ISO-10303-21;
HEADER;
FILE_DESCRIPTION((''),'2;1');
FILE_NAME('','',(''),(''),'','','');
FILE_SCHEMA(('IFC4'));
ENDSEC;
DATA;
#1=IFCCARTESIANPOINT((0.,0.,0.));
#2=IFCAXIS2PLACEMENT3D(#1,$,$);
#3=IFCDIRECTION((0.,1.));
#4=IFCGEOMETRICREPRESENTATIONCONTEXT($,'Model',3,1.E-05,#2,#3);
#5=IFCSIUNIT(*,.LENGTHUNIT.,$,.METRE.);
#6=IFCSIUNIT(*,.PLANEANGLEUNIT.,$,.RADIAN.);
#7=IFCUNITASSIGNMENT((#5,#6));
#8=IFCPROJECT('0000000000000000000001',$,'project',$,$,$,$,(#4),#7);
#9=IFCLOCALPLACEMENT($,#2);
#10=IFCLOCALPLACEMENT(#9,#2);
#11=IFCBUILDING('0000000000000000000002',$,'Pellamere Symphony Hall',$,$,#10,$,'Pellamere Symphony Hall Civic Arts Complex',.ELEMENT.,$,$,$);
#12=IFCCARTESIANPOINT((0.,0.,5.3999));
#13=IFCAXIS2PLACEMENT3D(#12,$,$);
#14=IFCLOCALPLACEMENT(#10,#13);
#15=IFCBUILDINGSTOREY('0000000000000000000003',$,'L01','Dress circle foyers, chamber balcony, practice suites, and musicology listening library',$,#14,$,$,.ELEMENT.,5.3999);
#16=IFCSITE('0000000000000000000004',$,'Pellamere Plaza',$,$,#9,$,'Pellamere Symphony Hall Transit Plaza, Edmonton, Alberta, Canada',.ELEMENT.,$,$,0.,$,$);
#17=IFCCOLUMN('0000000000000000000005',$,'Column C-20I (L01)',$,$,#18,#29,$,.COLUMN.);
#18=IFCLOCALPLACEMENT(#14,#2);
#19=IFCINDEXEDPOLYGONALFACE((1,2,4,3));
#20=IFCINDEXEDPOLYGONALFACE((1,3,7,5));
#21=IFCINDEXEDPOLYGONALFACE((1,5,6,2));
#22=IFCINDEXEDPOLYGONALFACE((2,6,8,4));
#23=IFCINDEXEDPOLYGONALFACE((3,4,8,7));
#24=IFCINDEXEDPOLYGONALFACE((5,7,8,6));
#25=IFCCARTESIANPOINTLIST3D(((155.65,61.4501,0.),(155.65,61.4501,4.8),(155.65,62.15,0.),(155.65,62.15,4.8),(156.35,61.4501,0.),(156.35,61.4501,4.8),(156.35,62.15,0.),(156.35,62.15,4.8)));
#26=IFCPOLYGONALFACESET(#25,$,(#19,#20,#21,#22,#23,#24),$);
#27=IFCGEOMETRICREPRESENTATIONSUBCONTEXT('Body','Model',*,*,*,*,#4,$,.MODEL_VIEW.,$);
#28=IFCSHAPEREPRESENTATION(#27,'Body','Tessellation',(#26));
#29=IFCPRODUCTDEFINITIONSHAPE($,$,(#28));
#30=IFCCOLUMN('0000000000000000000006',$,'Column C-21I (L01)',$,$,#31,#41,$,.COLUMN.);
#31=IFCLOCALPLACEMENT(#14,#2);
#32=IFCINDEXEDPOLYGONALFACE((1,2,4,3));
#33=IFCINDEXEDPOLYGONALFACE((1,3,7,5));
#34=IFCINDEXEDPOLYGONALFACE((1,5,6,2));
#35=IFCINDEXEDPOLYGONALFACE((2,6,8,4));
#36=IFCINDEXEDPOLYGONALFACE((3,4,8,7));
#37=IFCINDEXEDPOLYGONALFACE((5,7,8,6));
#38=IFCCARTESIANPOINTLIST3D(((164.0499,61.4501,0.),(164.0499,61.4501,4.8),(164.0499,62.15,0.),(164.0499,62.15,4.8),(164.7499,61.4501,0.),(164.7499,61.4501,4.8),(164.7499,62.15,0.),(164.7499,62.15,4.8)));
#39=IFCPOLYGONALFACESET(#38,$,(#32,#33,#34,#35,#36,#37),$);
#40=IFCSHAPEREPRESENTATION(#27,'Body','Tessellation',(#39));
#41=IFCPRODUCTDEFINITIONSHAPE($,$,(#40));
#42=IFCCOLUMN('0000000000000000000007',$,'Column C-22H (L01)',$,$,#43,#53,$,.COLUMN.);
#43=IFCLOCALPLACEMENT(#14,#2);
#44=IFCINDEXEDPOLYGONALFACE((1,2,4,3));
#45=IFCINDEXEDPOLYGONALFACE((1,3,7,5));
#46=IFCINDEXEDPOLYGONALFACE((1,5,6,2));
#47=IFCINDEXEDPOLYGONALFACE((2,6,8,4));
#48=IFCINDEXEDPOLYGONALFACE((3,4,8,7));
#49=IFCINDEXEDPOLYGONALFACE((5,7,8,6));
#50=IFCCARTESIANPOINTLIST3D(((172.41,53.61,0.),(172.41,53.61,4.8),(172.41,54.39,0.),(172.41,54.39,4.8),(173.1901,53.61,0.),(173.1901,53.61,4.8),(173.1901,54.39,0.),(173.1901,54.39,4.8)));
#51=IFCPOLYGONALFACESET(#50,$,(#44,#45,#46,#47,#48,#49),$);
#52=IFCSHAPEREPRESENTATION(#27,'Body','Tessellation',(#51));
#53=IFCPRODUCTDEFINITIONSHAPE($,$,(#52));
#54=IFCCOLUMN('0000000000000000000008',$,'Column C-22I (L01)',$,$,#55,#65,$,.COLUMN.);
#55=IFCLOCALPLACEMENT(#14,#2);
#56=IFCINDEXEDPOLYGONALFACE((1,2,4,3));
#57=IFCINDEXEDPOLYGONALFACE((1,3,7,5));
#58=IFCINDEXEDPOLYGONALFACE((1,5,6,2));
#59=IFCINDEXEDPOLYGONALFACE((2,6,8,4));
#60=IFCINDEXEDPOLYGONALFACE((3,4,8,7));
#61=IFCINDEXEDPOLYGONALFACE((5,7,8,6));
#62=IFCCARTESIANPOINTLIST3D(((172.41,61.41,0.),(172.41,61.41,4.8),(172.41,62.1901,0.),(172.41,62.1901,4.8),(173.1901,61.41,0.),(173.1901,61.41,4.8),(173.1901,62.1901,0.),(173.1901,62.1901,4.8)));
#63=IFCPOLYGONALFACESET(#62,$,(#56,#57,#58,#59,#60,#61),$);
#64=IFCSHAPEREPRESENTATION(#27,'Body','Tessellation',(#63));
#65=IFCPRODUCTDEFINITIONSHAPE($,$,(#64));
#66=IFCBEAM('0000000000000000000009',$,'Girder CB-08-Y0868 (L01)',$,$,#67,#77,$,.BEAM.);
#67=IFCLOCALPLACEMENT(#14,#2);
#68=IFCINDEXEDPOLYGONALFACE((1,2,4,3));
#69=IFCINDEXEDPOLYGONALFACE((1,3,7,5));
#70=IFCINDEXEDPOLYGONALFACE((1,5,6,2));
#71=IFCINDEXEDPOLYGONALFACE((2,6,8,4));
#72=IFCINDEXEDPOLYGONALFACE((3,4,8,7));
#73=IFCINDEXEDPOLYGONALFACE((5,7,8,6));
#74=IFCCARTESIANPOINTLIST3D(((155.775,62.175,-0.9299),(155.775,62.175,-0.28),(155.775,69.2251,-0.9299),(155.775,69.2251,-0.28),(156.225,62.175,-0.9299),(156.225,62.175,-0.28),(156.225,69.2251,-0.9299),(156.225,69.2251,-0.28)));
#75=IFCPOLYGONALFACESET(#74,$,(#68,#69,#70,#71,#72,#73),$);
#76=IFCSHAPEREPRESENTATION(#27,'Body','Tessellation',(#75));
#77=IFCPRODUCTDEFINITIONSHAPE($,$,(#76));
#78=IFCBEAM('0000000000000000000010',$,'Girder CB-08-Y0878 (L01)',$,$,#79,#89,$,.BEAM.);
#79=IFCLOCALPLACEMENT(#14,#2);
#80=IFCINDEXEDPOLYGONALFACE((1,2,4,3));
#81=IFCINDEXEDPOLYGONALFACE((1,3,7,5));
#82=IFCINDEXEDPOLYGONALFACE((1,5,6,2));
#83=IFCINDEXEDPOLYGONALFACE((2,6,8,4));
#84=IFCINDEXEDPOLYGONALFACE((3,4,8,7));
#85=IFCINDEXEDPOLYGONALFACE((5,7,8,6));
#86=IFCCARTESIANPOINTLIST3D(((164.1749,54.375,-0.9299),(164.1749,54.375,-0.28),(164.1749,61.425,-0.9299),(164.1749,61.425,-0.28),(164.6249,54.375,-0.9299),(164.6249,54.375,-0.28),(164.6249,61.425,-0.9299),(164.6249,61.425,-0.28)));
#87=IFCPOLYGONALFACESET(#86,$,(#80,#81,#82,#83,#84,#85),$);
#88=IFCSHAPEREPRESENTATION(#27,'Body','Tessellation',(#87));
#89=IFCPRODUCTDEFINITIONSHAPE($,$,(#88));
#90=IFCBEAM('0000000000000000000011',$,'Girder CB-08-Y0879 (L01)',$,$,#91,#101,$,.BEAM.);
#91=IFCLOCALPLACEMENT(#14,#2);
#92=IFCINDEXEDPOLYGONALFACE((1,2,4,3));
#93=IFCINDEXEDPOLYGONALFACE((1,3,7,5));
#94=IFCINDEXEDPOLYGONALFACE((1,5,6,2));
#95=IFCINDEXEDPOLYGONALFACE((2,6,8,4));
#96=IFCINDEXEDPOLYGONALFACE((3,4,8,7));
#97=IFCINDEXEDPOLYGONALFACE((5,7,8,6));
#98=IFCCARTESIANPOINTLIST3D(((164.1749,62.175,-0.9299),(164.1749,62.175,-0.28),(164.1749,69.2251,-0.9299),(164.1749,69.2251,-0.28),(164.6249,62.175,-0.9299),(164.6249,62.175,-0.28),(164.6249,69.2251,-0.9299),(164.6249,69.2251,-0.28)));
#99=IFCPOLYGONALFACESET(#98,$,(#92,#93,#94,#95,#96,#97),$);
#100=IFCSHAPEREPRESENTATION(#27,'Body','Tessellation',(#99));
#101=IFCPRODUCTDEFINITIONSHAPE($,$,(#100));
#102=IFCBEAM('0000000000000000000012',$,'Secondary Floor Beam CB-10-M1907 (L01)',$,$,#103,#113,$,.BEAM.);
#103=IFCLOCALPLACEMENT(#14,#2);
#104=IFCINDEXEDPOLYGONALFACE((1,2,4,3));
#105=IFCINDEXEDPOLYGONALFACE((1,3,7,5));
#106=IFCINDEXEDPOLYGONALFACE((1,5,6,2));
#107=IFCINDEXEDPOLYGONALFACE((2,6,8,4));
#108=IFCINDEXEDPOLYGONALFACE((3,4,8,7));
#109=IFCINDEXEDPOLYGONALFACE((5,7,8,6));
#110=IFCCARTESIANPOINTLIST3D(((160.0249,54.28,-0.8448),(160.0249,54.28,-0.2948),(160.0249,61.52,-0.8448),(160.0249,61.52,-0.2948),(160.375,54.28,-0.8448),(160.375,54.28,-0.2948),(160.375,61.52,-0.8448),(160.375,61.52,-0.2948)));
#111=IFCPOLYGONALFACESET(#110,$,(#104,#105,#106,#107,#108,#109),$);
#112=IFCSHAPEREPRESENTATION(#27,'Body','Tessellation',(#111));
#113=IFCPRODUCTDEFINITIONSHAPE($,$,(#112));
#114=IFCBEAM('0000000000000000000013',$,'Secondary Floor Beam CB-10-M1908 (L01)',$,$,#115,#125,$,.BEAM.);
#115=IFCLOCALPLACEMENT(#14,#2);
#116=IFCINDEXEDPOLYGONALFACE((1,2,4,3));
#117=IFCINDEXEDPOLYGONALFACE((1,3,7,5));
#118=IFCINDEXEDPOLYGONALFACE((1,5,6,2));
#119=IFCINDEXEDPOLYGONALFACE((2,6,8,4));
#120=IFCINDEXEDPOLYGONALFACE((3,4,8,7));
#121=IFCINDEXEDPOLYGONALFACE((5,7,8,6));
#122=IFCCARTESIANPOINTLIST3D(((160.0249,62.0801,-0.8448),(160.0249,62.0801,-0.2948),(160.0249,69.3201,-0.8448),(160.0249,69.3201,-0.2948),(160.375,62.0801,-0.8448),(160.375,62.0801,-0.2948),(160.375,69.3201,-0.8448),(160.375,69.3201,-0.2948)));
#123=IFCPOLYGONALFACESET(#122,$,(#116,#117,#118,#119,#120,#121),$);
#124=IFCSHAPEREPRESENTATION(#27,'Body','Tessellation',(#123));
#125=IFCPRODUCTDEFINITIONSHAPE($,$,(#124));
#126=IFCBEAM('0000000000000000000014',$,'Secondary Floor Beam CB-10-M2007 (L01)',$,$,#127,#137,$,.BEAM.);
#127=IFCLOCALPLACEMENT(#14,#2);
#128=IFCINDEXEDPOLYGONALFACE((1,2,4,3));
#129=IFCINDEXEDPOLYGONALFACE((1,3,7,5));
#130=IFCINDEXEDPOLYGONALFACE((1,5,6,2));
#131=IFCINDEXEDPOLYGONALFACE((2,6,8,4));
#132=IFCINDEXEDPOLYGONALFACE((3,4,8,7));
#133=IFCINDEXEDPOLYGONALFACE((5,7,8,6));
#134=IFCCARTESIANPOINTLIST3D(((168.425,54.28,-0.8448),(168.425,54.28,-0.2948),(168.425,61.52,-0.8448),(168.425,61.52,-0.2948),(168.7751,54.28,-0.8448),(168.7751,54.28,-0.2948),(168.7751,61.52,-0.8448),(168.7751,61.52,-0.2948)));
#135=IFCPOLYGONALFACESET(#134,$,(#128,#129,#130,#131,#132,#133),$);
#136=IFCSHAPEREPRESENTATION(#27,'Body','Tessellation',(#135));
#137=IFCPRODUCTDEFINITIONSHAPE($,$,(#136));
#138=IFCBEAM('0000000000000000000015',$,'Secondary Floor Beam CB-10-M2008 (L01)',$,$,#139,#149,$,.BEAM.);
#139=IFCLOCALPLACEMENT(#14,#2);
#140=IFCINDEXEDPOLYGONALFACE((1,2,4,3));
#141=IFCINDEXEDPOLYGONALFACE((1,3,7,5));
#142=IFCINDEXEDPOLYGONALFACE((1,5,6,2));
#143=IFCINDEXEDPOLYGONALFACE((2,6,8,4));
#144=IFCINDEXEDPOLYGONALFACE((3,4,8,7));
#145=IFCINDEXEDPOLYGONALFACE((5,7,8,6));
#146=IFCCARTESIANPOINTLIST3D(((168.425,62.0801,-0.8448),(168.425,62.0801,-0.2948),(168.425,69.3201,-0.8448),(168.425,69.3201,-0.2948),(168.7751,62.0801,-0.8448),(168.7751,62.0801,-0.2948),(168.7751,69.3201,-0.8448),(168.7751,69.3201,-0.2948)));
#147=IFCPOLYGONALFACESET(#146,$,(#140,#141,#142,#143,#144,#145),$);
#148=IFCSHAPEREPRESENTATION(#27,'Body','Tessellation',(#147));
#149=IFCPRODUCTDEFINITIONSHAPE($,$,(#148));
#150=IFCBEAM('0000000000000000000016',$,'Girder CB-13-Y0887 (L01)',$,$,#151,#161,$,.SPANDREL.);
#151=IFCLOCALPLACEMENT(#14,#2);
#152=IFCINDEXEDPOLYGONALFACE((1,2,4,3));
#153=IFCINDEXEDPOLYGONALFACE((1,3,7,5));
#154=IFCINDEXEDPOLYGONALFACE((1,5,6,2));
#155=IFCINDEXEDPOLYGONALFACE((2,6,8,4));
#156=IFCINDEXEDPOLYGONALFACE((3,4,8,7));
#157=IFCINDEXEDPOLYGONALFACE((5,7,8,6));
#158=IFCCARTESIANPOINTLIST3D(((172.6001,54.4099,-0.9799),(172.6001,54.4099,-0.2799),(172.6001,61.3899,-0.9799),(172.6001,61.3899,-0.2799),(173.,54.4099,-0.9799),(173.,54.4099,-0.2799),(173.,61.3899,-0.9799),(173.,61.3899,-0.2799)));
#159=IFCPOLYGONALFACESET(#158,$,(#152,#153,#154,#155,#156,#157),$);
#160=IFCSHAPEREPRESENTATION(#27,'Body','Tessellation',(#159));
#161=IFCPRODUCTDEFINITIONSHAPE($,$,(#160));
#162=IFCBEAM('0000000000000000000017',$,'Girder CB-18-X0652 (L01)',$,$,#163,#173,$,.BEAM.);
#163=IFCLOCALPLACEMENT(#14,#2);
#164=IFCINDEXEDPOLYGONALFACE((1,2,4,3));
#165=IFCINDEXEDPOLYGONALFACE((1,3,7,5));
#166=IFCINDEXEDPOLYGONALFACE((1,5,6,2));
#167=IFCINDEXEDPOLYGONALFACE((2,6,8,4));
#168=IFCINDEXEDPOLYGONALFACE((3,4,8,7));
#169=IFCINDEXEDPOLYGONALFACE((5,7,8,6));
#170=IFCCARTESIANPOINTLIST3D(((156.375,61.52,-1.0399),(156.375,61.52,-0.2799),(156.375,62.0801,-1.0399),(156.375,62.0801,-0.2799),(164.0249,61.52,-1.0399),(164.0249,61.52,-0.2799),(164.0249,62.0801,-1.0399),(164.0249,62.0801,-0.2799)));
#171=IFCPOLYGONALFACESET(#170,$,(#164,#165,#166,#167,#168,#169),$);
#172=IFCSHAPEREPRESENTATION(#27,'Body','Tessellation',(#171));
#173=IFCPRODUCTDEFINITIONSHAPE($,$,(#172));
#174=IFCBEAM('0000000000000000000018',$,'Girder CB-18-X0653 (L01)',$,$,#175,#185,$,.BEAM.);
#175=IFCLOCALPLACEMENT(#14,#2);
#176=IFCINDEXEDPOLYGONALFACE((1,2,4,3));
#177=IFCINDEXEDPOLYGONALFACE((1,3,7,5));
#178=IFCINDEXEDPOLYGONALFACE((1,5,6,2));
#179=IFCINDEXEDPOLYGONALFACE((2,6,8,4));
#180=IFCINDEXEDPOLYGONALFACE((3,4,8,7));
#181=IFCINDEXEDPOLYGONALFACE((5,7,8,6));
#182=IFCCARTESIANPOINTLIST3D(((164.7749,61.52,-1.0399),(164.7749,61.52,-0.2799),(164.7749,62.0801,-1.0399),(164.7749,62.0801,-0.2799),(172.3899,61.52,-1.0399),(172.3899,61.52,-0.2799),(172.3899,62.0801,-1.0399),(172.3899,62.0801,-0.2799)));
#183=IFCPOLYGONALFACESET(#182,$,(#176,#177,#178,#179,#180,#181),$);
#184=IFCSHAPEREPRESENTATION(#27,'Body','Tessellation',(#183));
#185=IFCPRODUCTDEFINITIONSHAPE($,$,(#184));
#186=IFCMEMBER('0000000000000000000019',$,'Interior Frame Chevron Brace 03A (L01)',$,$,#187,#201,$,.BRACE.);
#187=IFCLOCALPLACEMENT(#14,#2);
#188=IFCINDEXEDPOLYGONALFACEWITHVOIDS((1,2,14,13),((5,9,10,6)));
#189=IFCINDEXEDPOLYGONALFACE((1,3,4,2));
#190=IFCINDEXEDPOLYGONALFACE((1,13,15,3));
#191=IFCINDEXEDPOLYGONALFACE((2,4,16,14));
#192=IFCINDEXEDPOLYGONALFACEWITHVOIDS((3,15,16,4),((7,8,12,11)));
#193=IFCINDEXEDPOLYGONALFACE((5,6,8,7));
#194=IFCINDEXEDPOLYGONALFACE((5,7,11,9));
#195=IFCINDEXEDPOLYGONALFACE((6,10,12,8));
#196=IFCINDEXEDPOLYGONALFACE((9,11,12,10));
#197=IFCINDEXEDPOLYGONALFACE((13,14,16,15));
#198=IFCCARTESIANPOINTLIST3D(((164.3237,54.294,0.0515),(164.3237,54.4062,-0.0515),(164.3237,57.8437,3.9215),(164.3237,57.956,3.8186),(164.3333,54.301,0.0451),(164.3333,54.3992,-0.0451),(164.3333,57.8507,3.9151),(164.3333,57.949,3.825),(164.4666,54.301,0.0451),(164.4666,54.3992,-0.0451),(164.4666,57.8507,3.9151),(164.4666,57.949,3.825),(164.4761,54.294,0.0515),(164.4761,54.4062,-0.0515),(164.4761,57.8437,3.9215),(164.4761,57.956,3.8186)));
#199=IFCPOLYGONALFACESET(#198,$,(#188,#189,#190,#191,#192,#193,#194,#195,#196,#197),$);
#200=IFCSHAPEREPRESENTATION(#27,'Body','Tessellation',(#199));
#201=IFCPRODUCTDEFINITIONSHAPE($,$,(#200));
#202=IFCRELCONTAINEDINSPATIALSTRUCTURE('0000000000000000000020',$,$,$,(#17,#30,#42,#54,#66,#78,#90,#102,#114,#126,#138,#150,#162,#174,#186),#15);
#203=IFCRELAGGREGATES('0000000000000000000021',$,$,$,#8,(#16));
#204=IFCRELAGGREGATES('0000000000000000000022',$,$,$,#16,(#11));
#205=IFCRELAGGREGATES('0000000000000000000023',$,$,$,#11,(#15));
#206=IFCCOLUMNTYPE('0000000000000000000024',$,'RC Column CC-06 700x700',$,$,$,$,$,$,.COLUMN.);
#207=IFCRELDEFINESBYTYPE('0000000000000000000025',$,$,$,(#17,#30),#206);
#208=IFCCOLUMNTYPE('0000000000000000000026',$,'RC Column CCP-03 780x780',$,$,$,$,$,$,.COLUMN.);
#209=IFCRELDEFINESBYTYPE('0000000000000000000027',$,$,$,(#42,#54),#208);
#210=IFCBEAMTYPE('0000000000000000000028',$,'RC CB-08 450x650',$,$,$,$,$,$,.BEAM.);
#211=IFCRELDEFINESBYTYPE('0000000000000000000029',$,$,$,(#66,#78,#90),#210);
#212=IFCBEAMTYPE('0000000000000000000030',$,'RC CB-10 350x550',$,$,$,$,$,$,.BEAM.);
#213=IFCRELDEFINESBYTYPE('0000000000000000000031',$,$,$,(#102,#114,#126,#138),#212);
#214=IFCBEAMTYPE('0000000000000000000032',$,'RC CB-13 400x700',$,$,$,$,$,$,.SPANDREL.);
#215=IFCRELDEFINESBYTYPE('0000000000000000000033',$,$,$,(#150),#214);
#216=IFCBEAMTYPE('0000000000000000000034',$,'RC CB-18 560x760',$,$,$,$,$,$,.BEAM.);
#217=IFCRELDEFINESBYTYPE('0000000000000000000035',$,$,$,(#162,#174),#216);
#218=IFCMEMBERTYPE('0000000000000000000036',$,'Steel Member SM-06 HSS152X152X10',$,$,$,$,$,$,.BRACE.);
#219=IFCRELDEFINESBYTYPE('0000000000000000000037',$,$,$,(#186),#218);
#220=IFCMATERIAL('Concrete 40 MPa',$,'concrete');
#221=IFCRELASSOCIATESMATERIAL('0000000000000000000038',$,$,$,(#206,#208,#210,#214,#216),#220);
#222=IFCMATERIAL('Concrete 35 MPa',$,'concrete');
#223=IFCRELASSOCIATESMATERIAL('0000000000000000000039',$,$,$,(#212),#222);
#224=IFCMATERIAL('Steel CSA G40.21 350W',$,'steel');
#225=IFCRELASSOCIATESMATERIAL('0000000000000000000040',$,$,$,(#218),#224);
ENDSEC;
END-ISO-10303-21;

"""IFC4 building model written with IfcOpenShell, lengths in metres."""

from ifc_helpers import new_model, si_unit, direction, frame, origin, origin_2d, place, context, subcontext, project, spatial, rectangle, hollow_rectangle, extrude, material, material_profile, profile_set, type_object, element, save


model = new_model("IFC4")

# Units and contexts
model_context = context("Model", 3, precision=1e-05, world=origin(), true_north=direction((0.0, 1.0)))
body_context = subcontext(model_context, "Body", "Model", "MODEL_VIEW")
ifc_project = project(units=[si_unit("LENGTHUNIT", "METRE"), si_unit("PLANEANGLEUNIT", "RADIAN")], contexts=[model_context])

# Site, building, storey
site_placement = place(None, origin())
site = spatial("IfcSite", under=ifc_project, at=site_placement, Name="Pellamere Plaza", LongName="Pellamere Symphony Hall Transit Plaza, Edmonton, Alberta, Canada", CompositionType="ELEMENT", RefElevation=0.0)
building_placement = place(site_placement, origin())
building = spatial("IfcBuilding", under=site, at=building_placement, Name="Pellamere Symphony Hall", LongName="Pellamere Symphony Hall Civic Arts Complex", CompositionType="ELEMENT")
storey_placement = place(building_placement, frame((0.0, 0.0, 5.3999)))
storey = spatial("IfcBuildingStorey", under=building, at=storey_placement, Name="L01", Description="Dress circle foyers, chamber balcony, practice suites, and musicology listening library", CompositionType="ELEMENT", Elevation=5.3999)

# Columns
ifc_material_1 = material(Name="Concrete 40 MPa", Category="concrete")
ifc_material_profile_1 = material_profile(ifc_material_1, rectangle(XDim=0.7, YDim=0.7, at=origin_2d()), Name="RC 700x700")
ifc_profile_set_1 = profile_set([ifc_material_profile_1], Name="Concrete 40 MPa")
column_type_1 = type_object("IfcColumnType", Name="RC Column CC-06 700x700", PredefinedType="COLUMN", material=ifc_profile_set_1)
for number, where, z_axis, x_axis, name in (
    (1, (156.0, 61.8, 0.0), (0.0, 0.0, 1.0), (1.0, 0.0, 0.0), "Column C-20I (L01)"),
    (2, (164.3999, 61.8, 0.0), (0.0, 0.0, 1.0), (1.0, 0.0, 0.0), "Column C-21I (L01)"),
):
    element("IfcColumn", number, at=place(storey_placement, frame(where, z_axis=z_axis, x_axis=x_axis)), inside=storey, type_object=column_type_1, Name=name, PredefinedType="COLUMN", context=body_context, shape_type="SweptSolid", body=[
        extrude(rectangle(XDim=0.7, YDim=0.7, at=origin_2d()), origin(), (0.0, 0.0, 1.0), 4.8),
    ])
ifc_material_profile_2 = material_profile(ifc_material_1, rectangle(XDim=0.78, YDim=0.78, at=origin_2d()), Name="RC 780x780")
ifc_profile_set_2 = profile_set([ifc_material_profile_2], Name="Concrete 40 MPa")
column_type_2 = type_object("IfcColumnType", Name="RC Column CCP-03 780x780", PredefinedType="COLUMN", material=ifc_profile_set_2)
for number, where, z_axis, x_axis, name in (
    (3, (172.8, 54.0, 0.0), (0.0, 0.0, 1.0), (1.0, 0.0, 0.0), "Column C-22H (L01)"),
    (4, (172.8, 61.8, 0.0), (0.0, 0.0, 1.0), (1.0, 0.0, 0.0), "Column C-22I (L01)"),
):
    element("IfcColumn", number, at=place(storey_placement, frame(where, z_axis=z_axis, x_axis=x_axis)), inside=storey, type_object=column_type_2, Name=name, PredefinedType="COLUMN", context=body_context, shape_type="SweptSolid", body=[
        extrude(rectangle(XDim=0.78, YDim=0.78, at=origin_2d()), origin(), (0.0, 0.0, 1.0), 4.8),
    ])

# Beams
ifc_material_profile_3 = material_profile(ifc_material_1, rectangle(XDim=0.45, YDim=0.6499, at=origin_2d()), Name="RC 450x650")
ifc_profile_set_3 = profile_set([ifc_material_profile_3], Name="Concrete 40 MPa")
beam_type_1 = type_object("IfcBeamType", Name="RC CB-08 450x650", PredefinedType="BEAM", material=ifc_profile_set_3)
for number, where, z_axis, x_axis, name in (
    (5, (156.0, 62.175, -0.605), (0.0, 1.0, 0.0), (-1.0, 0.0, 0.0), "Girder CB-08-Y0868 (L01)"),
    (6, (164.3999, 54.375, -0.605), (0.0, 1.0, 0.0), (-1.0, 0.0, 0.0), "Girder CB-08-Y0878 (L01)"),
    (7, (164.3999, 62.175, -0.605), (0.0, 1.0, 0.0), (-1.0, 0.0, 0.0), "Girder CB-08-Y0879 (L01)"),
):
    element("IfcBeam", number, at=place(storey_placement, frame(where, z_axis=z_axis, x_axis=x_axis)), inside=storey, type_object=beam_type_1, Name=name, PredefinedType="BEAM", context=body_context, shape_type="SweptSolid", body=[
        extrude(rectangle(XDim=0.45, YDim=0.6499, at=origin_2d()), origin(), (0.0, 0.0, 1.0), 7.05),
    ])
ifc_material_2 = material(Name="Concrete 35 MPa", Category="concrete")
ifc_material_profile_4 = material_profile(ifc_material_2, rectangle(XDim=0.3501, YDim=0.55, at=origin_2d()), Name="RC 350x550")
ifc_profile_set_4 = profile_set([ifc_material_profile_4], Name="Concrete 35 MPa")
beam_type_2 = type_object("IfcBeamType", Name="RC CB-10 350x550", PredefinedType="BEAM", material=ifc_profile_set_4)
for number, where, z_axis, x_axis, name in (
    (8, (160.2, 54.28, -0.5698), (0.0, 1.0, 0.0), (-1.0, 0.0, 0.0), "Secondary Floor Beam CB-10-M1907 (L01)"),
    (9, (160.2, 62.0801, -0.5698), (0.0, 1.0, 0.0), (-1.0, 0.0, 0.0), "Secondary Floor Beam CB-10-M1908 (L01)"),
    (10, (168.6001, 54.28, -0.5698), (0.0, 1.0, 0.0), (-1.0, 0.0, 0.0), "Secondary Floor Beam CB-10-M2007 (L01)"),
    (11, (168.6001, 62.0801, -0.5698), (0.0, 1.0, 0.0), (-1.0, 0.0, 0.0), "Secondary Floor Beam CB-10-M2008 (L01)"),
):
    element("IfcBeam", number, at=place(storey_placement, frame(where, z_axis=z_axis, x_axis=x_axis)), inside=storey, type_object=beam_type_2, Name=name, PredefinedType="BEAM", context=body_context, shape_type="SweptSolid", body=[
        extrude(rectangle(XDim=0.3501, YDim=0.55, at=origin_2d()), origin(), (0.0, 0.0, 1.0), 7.24),
    ])
ifc_material_profile_5 = material_profile(ifc_material_1, rectangle(XDim=0.3999, YDim=0.7, at=origin_2d()), Name="RC 400x700")
ifc_profile_set_5 = profile_set([ifc_material_profile_5], Name="Concrete 40 MPa")
beam_type_3 = type_object("IfcBeamType", Name="RC CB-13 400x700", PredefinedType="SPANDREL", material=ifc_profile_set_5)
beam_1_placement = place(storey_placement, frame((172.8, 54.4099, -0.6299), z_axis=(0.0, 1.0, 0.0), x_axis=(-1.0, 0.0, 0.0)))
element("IfcBeam", 12, at=beam_1_placement, inside=storey, type_object=beam_type_3, Name="Girder CB-13-Y0887 (L01)", PredefinedType="SPANDREL", context=body_context, shape_type="SweptSolid", body=[
    extrude(rectangle(XDim=0.3999, YDim=0.7, at=origin_2d()), origin(), (0.0, 0.0, 1.0), 6.98),
])
ifc_material_profile_6 = material_profile(ifc_material_1, rectangle(XDim=0.5601, YDim=0.76, at=origin_2d()), Name="RC 560x760")
ifc_profile_set_6 = profile_set([ifc_material_profile_6], Name="Concrete 40 MPa")
beam_type_4 = type_object("IfcBeamType", Name="RC CB-18 560x760", PredefinedType="BEAM", material=ifc_profile_set_6)
beam_2_placement = place(storey_placement, frame((156.375, 61.8, -0.6599), z_axis=(1.0, 0.0, 0.0), x_axis=(0.0, 1.0, 0.0)))
element("IfcBeam", 13, at=beam_2_placement, inside=storey, type_object=beam_type_4, Name="Girder CB-18-X0652 (L01)", PredefinedType="BEAM", context=body_context, shape_type="SweptSolid", body=[
    extrude(rectangle(XDim=0.5601, YDim=0.76, at=origin_2d()), origin(), (0.0, 0.0, 1.0), 7.6499),
])
beam_3_placement = place(storey_placement, frame((164.7749, 61.8, -0.6599), z_axis=(1.0, 0.0, 0.0), x_axis=(0.0, 1.0, 0.0)))
element("IfcBeam", 14, at=beam_3_placement, inside=storey, type_object=beam_type_4, Name="Girder CB-18-X0653 (L01)", PredefinedType="BEAM", context=body_context, shape_type="SweptSolid", body=[
    extrude(rectangle(XDim=0.5601, YDim=0.76, at=origin_2d()), origin(), (0.0, 0.0, 1.0), 7.615),
])

# Member
ifc_material_3 = material(Name="Steel CSA G40.21 350W", Category="steel")
ifc_material_profile_7 = material_profile(ifc_material_3, hollow_rectangle(XDim=0.1523, YDim=0.1523, WallThickness=0.0095, at=origin_2d()), Name="HSS152X152X10")
ifc_profile_set_7 = profile_set([ifc_material_profile_7], Name="Steel CSA G40.21 350W")
member_type = type_object("IfcMemberType", Name="Steel Member SM-06 HSS152X152X10", PredefinedType="BRACE", material=ifc_profile_set_7)
member_1_placement = place(storey_placement, frame((164.3999, 54.3501, 0.0), z_axis=(0.0, 0.675952, 0.736946), x_axis=(-1.0, 0.0, 0.0)))
element("IfcMember", 15, at=member_1_placement, inside=storey, type_object=member_type, Name="Interior Frame Chevron Brace 03A (L01)", PredefinedType="BRACE", context=body_context, shape_type="SweptSolid", body=[
    extrude(hollow_rectangle(XDim=0.1523, YDim=0.1523, WallThickness=0.0095, at=origin_2d()), origin(), (0.0, 0.0, 1.0), 5.2515),
])

save(model, "model.ifc")
